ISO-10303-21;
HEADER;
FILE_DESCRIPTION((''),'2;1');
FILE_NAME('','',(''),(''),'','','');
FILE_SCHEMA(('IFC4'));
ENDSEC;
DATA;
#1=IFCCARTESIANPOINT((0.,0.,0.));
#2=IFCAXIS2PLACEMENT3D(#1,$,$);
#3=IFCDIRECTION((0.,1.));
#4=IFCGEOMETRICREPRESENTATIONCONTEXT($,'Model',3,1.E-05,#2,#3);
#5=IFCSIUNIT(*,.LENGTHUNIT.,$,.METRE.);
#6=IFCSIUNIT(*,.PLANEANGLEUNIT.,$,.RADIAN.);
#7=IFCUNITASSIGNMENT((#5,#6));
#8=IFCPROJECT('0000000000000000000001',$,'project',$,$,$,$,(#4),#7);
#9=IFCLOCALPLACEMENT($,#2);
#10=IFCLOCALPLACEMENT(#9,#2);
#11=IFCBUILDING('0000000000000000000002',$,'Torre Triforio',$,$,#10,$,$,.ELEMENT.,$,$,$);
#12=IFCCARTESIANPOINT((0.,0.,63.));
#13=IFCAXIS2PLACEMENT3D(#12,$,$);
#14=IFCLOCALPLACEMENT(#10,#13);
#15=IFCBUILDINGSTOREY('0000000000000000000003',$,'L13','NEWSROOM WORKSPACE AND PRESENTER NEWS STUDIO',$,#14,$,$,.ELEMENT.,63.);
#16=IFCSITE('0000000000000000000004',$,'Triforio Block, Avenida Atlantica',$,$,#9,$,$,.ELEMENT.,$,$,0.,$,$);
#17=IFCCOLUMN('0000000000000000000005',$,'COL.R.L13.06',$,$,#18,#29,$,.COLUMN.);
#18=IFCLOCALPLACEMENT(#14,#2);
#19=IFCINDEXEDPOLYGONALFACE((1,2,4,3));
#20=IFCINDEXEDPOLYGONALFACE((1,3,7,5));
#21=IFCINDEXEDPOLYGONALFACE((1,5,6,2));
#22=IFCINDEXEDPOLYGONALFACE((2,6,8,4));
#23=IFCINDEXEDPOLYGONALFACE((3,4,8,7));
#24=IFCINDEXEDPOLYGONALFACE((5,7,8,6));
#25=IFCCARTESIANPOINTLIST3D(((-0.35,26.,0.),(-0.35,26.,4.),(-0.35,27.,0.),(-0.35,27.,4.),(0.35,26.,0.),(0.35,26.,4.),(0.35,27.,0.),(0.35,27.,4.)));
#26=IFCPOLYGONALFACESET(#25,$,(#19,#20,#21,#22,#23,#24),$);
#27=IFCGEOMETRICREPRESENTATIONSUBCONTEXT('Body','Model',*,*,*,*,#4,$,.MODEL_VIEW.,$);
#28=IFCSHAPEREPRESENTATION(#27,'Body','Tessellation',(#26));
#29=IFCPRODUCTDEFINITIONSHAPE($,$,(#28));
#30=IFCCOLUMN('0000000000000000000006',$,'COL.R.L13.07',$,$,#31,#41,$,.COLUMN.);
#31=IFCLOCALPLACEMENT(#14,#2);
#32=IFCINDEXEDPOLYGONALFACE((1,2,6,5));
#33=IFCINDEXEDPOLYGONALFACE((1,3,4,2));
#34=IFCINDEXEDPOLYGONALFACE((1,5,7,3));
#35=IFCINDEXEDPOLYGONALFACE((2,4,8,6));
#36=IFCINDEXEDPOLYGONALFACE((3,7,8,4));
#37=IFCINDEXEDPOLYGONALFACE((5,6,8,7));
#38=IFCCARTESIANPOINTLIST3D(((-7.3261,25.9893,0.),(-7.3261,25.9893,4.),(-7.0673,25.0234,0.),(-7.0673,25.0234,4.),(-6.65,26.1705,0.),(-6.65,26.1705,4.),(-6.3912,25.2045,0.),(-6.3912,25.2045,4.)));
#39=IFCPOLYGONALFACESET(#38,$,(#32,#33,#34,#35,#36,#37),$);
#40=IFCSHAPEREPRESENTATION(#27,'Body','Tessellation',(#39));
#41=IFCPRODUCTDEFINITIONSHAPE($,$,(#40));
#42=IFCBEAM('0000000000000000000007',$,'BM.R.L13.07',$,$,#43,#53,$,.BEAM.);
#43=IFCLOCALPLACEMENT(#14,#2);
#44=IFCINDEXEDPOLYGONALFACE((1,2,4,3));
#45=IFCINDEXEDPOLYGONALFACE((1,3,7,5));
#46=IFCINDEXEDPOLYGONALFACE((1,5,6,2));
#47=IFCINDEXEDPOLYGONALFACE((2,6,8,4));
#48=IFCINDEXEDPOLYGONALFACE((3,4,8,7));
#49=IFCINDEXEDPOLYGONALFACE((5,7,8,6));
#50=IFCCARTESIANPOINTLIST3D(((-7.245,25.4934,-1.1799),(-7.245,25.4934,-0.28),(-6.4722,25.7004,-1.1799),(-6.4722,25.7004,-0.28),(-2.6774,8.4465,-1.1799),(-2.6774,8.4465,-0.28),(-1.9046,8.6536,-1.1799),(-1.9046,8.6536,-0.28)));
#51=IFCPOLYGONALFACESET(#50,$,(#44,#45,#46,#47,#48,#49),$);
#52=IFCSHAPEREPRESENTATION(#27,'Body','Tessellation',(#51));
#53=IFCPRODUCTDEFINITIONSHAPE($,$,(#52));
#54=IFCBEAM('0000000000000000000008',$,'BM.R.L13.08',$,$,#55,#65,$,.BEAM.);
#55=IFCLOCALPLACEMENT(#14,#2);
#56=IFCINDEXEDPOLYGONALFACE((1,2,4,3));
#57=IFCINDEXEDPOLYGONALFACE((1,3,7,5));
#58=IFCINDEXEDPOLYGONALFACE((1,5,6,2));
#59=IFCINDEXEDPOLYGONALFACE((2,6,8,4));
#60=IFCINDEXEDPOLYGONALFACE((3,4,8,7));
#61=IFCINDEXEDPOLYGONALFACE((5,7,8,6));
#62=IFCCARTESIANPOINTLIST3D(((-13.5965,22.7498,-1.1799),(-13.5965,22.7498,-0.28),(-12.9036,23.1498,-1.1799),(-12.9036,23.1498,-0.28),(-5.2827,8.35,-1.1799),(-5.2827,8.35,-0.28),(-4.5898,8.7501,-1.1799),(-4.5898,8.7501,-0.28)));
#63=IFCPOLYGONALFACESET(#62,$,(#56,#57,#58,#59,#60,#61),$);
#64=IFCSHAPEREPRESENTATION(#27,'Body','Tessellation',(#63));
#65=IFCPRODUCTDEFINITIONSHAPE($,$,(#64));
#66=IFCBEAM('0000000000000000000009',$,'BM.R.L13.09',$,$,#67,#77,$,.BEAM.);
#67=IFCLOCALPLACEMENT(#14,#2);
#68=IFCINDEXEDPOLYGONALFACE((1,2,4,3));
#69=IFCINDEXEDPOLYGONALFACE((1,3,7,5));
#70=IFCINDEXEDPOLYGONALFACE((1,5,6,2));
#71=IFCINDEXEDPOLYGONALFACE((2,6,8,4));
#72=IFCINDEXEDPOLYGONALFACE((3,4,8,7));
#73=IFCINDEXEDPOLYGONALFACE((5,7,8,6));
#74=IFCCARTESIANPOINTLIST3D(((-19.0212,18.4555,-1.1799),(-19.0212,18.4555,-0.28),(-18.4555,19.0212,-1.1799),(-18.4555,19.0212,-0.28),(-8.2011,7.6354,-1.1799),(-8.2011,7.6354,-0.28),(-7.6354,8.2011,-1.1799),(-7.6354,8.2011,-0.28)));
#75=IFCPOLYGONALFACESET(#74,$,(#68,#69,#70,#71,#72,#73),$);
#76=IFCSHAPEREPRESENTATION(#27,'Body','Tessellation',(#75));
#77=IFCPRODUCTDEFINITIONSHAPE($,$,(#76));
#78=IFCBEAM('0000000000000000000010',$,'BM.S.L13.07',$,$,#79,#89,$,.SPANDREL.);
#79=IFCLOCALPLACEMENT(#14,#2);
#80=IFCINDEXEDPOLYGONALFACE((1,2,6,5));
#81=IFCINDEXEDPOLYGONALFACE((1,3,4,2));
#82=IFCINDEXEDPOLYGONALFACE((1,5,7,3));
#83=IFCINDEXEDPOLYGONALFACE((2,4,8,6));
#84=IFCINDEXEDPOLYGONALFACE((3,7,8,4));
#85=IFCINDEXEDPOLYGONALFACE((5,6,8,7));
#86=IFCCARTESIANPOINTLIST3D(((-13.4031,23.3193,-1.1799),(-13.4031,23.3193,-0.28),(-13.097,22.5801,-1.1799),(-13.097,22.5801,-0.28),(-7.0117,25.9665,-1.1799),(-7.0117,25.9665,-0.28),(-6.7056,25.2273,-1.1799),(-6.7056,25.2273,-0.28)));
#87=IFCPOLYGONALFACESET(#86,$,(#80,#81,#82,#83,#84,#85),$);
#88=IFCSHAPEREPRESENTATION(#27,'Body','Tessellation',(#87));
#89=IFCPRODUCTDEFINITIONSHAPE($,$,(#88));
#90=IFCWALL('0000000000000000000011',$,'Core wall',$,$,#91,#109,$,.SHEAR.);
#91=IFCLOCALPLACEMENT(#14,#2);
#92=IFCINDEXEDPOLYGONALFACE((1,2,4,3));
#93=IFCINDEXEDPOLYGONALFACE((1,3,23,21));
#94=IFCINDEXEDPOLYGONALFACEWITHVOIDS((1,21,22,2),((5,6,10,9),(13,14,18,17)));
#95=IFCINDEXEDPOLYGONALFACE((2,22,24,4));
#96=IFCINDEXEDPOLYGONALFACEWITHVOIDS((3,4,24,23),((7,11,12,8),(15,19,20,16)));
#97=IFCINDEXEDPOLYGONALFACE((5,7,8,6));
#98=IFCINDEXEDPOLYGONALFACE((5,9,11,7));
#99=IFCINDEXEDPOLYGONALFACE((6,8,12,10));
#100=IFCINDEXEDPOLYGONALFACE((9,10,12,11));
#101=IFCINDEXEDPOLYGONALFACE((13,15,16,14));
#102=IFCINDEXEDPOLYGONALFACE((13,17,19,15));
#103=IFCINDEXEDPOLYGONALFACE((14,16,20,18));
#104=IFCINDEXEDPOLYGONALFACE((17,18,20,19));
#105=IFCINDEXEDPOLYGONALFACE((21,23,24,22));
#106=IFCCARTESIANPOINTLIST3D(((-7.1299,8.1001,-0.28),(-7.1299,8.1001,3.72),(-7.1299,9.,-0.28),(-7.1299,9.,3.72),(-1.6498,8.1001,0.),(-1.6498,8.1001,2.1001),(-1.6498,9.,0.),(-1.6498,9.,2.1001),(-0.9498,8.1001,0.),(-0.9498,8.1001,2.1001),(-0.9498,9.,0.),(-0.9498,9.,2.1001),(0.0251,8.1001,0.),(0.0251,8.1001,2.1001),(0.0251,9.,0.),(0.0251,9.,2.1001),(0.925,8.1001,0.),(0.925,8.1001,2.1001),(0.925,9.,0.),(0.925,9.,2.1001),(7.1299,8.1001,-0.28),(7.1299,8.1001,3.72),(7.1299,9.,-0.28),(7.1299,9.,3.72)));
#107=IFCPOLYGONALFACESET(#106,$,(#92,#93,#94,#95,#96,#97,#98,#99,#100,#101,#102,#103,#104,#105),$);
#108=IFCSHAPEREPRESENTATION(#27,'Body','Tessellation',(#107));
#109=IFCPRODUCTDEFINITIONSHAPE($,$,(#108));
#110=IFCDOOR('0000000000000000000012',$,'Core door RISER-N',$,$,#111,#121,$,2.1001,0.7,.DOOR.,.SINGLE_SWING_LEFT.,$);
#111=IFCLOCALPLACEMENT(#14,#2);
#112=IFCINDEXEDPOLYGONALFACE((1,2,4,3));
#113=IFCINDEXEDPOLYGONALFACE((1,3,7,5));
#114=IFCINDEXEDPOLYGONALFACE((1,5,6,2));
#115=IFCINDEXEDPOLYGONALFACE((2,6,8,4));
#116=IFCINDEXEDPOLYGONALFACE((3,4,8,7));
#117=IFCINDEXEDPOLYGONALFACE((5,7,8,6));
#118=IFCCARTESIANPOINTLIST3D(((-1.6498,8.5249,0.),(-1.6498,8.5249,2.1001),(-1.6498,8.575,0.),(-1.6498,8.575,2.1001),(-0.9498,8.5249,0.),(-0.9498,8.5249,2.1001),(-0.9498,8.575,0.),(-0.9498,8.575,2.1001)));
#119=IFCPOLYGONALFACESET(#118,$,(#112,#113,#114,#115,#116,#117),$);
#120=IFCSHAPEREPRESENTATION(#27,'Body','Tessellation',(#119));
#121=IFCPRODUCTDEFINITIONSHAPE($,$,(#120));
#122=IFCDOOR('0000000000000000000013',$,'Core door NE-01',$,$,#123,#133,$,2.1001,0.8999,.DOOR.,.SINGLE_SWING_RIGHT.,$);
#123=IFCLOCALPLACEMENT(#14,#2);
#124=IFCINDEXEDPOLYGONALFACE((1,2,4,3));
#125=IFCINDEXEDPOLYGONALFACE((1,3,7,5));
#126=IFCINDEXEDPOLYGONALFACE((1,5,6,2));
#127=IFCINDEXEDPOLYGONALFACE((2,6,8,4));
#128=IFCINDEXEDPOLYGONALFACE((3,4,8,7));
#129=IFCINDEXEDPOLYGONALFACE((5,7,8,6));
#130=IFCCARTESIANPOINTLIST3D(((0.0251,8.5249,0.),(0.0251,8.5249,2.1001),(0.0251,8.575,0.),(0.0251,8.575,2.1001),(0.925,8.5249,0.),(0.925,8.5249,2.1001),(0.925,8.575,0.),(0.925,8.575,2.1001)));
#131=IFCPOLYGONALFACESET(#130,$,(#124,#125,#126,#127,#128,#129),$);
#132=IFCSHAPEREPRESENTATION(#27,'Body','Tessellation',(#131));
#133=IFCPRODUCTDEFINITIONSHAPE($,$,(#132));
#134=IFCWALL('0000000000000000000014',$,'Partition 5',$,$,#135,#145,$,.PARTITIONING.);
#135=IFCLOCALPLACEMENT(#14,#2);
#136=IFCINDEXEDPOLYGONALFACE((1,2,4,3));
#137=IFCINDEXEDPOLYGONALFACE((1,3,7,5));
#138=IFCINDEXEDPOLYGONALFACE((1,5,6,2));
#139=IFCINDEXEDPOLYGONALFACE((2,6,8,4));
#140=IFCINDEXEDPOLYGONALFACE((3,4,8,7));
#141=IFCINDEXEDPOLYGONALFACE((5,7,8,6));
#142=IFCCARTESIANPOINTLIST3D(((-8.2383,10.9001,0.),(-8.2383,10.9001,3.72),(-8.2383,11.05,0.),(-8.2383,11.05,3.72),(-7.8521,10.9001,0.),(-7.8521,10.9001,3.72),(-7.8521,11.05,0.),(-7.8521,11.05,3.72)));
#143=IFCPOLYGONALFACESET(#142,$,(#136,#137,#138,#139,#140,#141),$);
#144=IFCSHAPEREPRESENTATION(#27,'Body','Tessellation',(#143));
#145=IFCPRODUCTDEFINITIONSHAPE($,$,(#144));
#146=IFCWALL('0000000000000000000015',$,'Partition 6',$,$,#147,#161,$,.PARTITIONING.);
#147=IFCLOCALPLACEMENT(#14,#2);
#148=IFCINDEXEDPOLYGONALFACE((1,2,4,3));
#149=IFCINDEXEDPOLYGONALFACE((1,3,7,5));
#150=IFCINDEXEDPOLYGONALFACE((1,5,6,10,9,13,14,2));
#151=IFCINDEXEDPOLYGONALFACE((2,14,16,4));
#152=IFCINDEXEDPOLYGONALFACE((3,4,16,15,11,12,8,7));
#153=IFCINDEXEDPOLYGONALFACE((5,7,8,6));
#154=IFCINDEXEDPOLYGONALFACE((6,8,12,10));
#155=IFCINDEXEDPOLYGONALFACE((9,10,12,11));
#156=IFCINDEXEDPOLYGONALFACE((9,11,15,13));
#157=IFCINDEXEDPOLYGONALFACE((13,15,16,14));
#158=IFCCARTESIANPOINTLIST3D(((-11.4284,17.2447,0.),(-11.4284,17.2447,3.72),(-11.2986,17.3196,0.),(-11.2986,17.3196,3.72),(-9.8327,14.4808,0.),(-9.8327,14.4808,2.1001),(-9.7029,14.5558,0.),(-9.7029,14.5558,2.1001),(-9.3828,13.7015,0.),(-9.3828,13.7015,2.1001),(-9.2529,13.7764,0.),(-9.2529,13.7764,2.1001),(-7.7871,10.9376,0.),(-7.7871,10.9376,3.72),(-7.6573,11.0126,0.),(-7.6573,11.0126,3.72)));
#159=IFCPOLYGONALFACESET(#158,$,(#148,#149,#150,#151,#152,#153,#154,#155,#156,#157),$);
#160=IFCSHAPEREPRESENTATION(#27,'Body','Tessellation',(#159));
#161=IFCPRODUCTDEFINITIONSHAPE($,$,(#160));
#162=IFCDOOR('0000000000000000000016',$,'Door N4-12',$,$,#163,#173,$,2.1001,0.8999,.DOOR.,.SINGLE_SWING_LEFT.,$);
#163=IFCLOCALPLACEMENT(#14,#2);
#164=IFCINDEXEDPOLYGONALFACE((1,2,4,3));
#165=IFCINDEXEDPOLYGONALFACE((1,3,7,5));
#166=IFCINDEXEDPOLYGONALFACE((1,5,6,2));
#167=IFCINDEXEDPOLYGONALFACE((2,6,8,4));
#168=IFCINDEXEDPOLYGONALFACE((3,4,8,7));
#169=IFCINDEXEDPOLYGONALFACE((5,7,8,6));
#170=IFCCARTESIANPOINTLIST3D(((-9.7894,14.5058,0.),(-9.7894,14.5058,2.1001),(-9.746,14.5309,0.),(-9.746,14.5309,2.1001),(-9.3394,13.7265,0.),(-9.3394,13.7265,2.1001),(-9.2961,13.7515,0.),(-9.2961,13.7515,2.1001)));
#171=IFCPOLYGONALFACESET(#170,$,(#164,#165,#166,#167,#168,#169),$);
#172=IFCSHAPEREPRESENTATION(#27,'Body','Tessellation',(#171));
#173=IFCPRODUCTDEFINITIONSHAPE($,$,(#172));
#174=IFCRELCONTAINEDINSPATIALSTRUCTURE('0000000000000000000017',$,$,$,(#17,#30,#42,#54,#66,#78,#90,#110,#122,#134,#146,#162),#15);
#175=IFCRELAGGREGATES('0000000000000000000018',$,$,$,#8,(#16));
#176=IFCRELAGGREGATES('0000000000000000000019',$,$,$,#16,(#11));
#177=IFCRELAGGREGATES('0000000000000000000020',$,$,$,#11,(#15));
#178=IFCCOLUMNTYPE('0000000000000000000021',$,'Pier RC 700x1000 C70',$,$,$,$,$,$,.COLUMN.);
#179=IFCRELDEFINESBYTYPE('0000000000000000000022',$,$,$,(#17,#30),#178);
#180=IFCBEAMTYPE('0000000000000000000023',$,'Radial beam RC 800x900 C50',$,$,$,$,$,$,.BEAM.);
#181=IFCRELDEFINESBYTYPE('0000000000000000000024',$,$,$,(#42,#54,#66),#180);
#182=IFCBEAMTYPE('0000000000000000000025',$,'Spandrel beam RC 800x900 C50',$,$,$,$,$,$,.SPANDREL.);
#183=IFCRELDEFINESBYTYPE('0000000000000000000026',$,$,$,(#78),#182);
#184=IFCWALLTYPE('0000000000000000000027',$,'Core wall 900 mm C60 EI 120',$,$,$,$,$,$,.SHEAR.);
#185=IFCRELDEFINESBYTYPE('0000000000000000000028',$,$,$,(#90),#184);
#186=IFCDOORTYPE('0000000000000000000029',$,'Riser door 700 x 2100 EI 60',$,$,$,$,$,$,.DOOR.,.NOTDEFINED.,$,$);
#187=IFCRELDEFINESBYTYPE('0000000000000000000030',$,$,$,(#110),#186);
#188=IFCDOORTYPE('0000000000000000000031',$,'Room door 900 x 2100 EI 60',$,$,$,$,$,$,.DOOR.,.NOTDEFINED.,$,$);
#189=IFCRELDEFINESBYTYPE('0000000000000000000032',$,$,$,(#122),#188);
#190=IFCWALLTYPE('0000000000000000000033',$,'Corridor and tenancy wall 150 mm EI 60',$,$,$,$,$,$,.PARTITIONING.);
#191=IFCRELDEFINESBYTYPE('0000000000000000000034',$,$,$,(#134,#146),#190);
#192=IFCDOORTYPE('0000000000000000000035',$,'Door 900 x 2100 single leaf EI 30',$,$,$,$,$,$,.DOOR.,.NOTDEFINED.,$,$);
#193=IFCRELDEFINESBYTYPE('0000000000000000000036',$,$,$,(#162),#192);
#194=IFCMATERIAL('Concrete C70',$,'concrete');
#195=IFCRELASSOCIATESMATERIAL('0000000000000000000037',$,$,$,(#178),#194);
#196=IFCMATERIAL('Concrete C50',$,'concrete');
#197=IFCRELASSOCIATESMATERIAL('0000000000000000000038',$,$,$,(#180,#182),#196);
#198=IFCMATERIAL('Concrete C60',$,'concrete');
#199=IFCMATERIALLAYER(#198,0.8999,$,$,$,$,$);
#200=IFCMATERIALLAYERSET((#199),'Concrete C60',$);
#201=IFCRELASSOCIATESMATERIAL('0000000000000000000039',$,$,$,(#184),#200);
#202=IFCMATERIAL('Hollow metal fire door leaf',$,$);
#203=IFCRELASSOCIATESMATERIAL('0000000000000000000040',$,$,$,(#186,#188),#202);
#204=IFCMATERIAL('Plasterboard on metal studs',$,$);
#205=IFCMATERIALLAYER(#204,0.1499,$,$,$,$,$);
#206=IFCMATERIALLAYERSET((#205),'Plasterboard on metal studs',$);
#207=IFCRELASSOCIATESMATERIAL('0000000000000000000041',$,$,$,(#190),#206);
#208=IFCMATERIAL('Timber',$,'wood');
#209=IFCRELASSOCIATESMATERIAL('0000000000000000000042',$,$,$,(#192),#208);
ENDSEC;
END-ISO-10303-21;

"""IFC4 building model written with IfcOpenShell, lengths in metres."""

from ifc_helpers import new_model, si_unit, direction, frame, frame_2d, origin, origin_2d, place, context, subcontext, project, spatial, rectangle, extrude, material, layer, layer_set, material_profile, profile_set, type_object, element, fill, save


model = new_model("IFC4")

# Units and contexts
model_context = context("Model", 3, precision=1e-05, world=origin(), true_north=direction((0.0, 1.0)))
body_context = subcontext(model_context, "Body", "Model", "MODEL_VIEW")
ifc_project = project(units=[si_unit("LENGTHUNIT", "METRE"), si_unit("PLANEANGLEUNIT", "RADIAN")], contexts=[model_context])

# Site, building, storey
site_placement = place(None, origin())
site = spatial("IfcSite", under=ifc_project, at=site_placement, Name="Triforio Block, Avenida Atlantica", CompositionType="ELEMENT", RefElevation=0.0)
building_placement = place(site_placement, origin())
building = spatial("IfcBuilding", under=site, at=building_placement, Name="Torre Triforio", CompositionType="ELEMENT")
storey_placement = place(building_placement, frame((0.0, 0.0, 63.0)))
storey = spatial("IfcBuildingStorey", under=building, at=storey_placement, Name="L13", Description="NEWSROOM WORKSPACE AND PRESENTER NEWS STUDIO", CompositionType="ELEMENT", Elevation=63.0)

# Columns
ifc_material_1 = material(Name="Concrete C70", Category="concrete")
ifc_material_profile_1 = material_profile(ifc_material_1, rectangle(XDim=0.7, YDim=1.0, at=origin_2d()), Name="RC 700x1000")
ifc_profile_set_1 = profile_set([ifc_material_profile_1], Name="Concrete C70")
column_type = type_object("IfcColumnType", Name="Pier RC 700x1000 C70", PredefinedType="COLUMN", material=ifc_profile_set_1)
for number, where, z_axis, x_axis, name in (
    (1, (0.0, 26.5, 0.0), (0.0, 0.0, 1.0), (-1.0, 0.0, 0.0), "COL.R.L13.06"),
    (2, (-6.8586, 25.5969, 0.0), (0.0, 0.0, 1.0), (-0.965926, -0.258819, 0.0), "COL.R.L13.07"),
):
    element("IfcColumn", number, at=place(storey_placement, frame(where, z_axis=z_axis, x_axis=x_axis)), inside=storey, type_object=column_type, Name=name, PredefinedType="COLUMN", context=body_context, shape_type="SweptSolid", body=[
        extrude(rectangle(XDim=0.7, YDim=1.0, at=origin_2d()), origin(), (0.0, 0.0, 1.0), 4.0),
    ])

# Beams
ifc_material_2 = material(Name="Concrete C50", Category="concrete")
ifc_material_profile_2 = material_profile(ifc_material_2, rectangle(XDim=0.8, YDim=0.8999, at=origin_2d()), Name="RC 800x900")
ifc_profile_set_2 = profile_set([ifc_material_profile_2], Name="Concrete C50")
beam_type_1 = type_object("IfcBeamType", Name="Radial beam RC 800x900 C50", PredefinedType="BEAM", material=ifc_profile_set_2)
beam_1_placement = place(storey_placement, frame((-2.291, 8.55, -0.73), z_axis=(-0.258815, 0.965927, 0.0), x_axis=(-0.965927, -0.258815, 0.0)))
element("IfcBeam", 3, at=beam_1_placement, inside=storey, type_object=beam_type_1, Name="BM.R.L13.07", PredefinedType="BEAM", context=body_context, shape_type="SweptSolid", body=[
    extrude(rectangle(XDim=0.8, YDim=0.8999, at=origin_2d()), origin(), (0.0, 0.0, 1.0), 17.6482),
])
beam_2_placement = place(storey_placement, frame((-4.9363, 8.55, -0.73), z_axis=(-0.500003, 0.866023, 0.0), x_axis=(-0.866023, -0.500003, 0.0)))
element("IfcBeam", 4, at=beam_2_placement, inside=storey, type_object=beam_type_1, Name="BM.R.L13.08", PredefinedType="BEAM", context=body_context, shape_type="SweptSolid", body=[
    extrude(rectangle(XDim=0.8, YDim=0.8999, at=origin_2d()), origin(), (0.0, 0.0, 1.0), 16.6274),
])
beam_3_placement = place(storey_placement, frame((-7.9182, 7.9182, -0.73), z_axis=(-0.707107, 0.707107, 0.0), x_axis=(-0.707107, -0.707107, 0.0)))
element("IfcBeam", 5, at=beam_3_placement, inside=storey, type_object=beam_type_1, Name="BM.R.L13.09", PredefinedType="BEAM", context=body_context, shape_type="SweptSolid", body=[
    extrude(rectangle(XDim=0.8, YDim=0.8999, at=origin_2d()), origin(), (0.0, 0.0, 1.0), 15.302),
])
ifc_material_profile_3 = material_profile(ifc_material_2, rectangle(XDim=0.8, YDim=0.8999, at=origin_2d()), Name="RC 800x900")
ifc_profile_set_3 = profile_set([ifc_material_profile_3], Name="Concrete C50")
beam_type_2 = type_object("IfcBeamType", Name="Spandrel beam RC 800x900 C50", PredefinedType="SPANDREL", material=ifc_profile_set_3)
beam_4_placement = place(storey_placement, frame((-6.8586, 25.5969, -0.73), z_axis=(-0.923888, -0.382662, 0.0), x_axis=(0.382662, -0.923888, 0.0)))
element("IfcBeam", 6, at=beam_4_placement, inside=storey, type_object=beam_type_2, Name="BM.S.L13.07", PredefinedType="SPANDREL", context=body_context, shape_type="SweptSolid", body=[
    extrude(rectangle(XDim=0.8, YDim=0.8999, at=origin_2d()), origin(), (0.0, 0.0, 1.0), 6.918),
])

# Wall, openings, doors
ifc_material_3 = material(Name="Concrete C60", Category="concrete")
ifc_layer_1 = layer(ifc_material_3, 0.8999)
ifc_layer_set_1 = layer_set([ifc_layer_1], Name="Concrete C60")
wall_type_1 = type_object("IfcWallType", Name="Core wall 900 mm C60 EI 120", PredefinedType="SHEAR", material=ifc_layer_set_1)
wall_1_placement = place(storey_placement, frame((-7.1299, 8.55, -0.28), z_axis=(0.0, 0.0, 1.0), x_axis=(1.0, 0.0, 0.0)))
wall_1 = element("IfcWall", 7, at=wall_1_placement, inside=storey, type_object=wall_type_1, Name="Core wall", PredefinedType="SHEAR", context=body_context, shape_type="SweptSolid", body=[
    extrude(rectangle(XDim=14.2598, YDim=0.8999, at=frame_2d((7.1299, 0.0))), origin(), (0.0, 0.0, 1.0), 4.0),
])
opening_1_placement = place(wall_1_placement, frame((5.48, 0.0, 0.28)))
opening_1 = element("IfcOpeningElement", 8, at=opening_1_placement, cuts=wall_1, PredefinedType="OPENING", context=body_context, shape_type="SweptSolid", body=[
    extrude(rectangle(XDim=0.7, YDim=2.1001, at=frame_2d((0.3501, 1.05))), frame((0.0, 0.46, 0.0), z_axis=(0.0, -1.0, 0.0), x_axis=(1.0, 0.0, 0.0)), (0.0, 0.0, 1.0), 0.9199),
])
opening_2_placement = place(wall_1_placement, frame((7.155, 0.0, 0.28)))
opening_2 = element("IfcOpeningElement", 9, at=opening_2_placement, cuts=wall_1, PredefinedType="OPENING", context=body_context, shape_type="SweptSolid", body=[
    extrude(rectangle(XDim=0.8999, YDim=2.1001, at=frame_2d((0.45, 1.05))), frame((0.0, 0.46, 0.0), z_axis=(0.0, -1.0, 0.0), x_axis=(1.0, 0.0, 0.0)), (0.0, 0.0, 1.0), 0.9199),
])
ifc_material_4 = material(Name="Hollow metal fire door leaf")
door_type_1 = type_object("IfcDoorType", Name="Riser door 700 x 2100 EI 60", OperationType="NOTDEFINED", PredefinedType="DOOR", material=ifc_material_4)
door_1_placement = place(opening_1_placement, origin())
door_1 = element("IfcDoor", 10, at=door_1_placement, inside=storey, type_object=door_type_1, Name="Core door RISER-N", OperationType="SINGLE_SWING_LEFT", OverallHeight=2.1001, OverallWidth=0.7, PredefinedType="DOOR", context=body_context, shape_type="SweptSolid", body=[
    extrude(rectangle(XDim=0.7, YDim=2.1001, at=frame_2d((0.3501, 1.05))), frame((0.0, 0.0249, 0.0), z_axis=(0.0, -1.0, 0.0), x_axis=(1.0, 0.0, 0.0)), (0.0, 0.0, 1.0), 0.05),
])
fill(opening_1, door_1)
door_type_2 = type_object("IfcDoorType", Name="Room door 900 x 2100 EI 60", OperationType="NOTDEFINED", PredefinedType="DOOR", material=ifc_material_4)
door_2_placement = place(opening_2_placement, origin())
door_2 = element("IfcDoor", 11, at=door_2_placement, inside=storey, type_object=door_type_2, Name="Core door NE-01", OperationType="SINGLE_SWING_RIGHT", OverallHeight=2.1001, OverallWidth=0.8999, PredefinedType="DOOR", context=body_context, shape_type="SweptSolid", body=[
    extrude(rectangle(XDim=0.8999, YDim=2.1001, at=frame_2d((0.45, 1.05))), frame((0.0, 0.0249, 0.0), z_axis=(0.0, -1.0, 0.0), x_axis=(1.0, 0.0, 0.0)), (0.0, 0.0, 1.0), 0.05),
])
fill(opening_2, door_2)

# Wall
ifc_material_5 = material(Name="Plasterboard on metal studs")
ifc_layer_2 = layer(ifc_material_5, 0.1499)
ifc_layer_set_2 = layer_set([ifc_layer_2], Name="Plasterboard on metal studs")
wall_type_2 = type_object("IfcWallType", Name="Corridor and tenancy wall 150 mm EI 60", PredefinedType="PARTITIONING", material=ifc_layer_set_2)
wall_2_placement = place(storey_placement, frame((-8.2383, 10.9751, 0.0), z_axis=(0.0, 0.0, 1.0), x_axis=(1.0, 0.0, 0.0)))
element("IfcWall", 12, at=wall_2_placement, inside=storey, type_object=wall_type_2, Name="Partition 5", PredefinedType="PARTITIONING", context=body_context, shape_type="SweptSolid", body=[
    extrude(rectangle(XDim=0.3862, YDim=0.1499, at=frame_2d((0.1931, 0.0))), origin(), (0.0, 0.0, 1.0), 3.72),
])

# Wall, opening, door
wall_3_placement = place(storey_placement, frame((-7.7222, 10.9751, 0.0), z_axis=(0.0, 0.0, 1.0), x_axis=(-0.499993, 0.866029, 0.0)))
wall_3 = element("IfcWall", 13, at=wall_3_placement, inside=storey, type_object=wall_type_2, Name="Partition 6", PredefinedType="PARTITIONING", context=body_context, shape_type="SweptSolid", body=[
    extrude(rectangle(XDim=7.2827, YDim=0.1499, at=frame_2d((3.6414, 0.0))), origin(), (0.0, 0.0, 1.0), 3.72),
])
opening_3_placement = place(wall_3_placement, frame((3.1914, 0.0, 0.0)))
opening_3 = element("IfcOpeningElement", 14, at=opening_3_placement, cuts=wall_3, PredefinedType="OPENING", context=body_context, shape_type="SweptSolid", body=[
    extrude(rectangle(XDim=0.8999, YDim=2.1001, at=frame_2d((0.45, 1.05))), frame((0.0, 0.085, 0.0), z_axis=(0.0, -1.0, 0.0), x_axis=(1.0, 0.0, 0.0)), (0.0, 0.0, 1.0), 0.1699),
])
ifc_material_6 = material(Name="Timber", Category="wood")
door_type_3 = type_object("IfcDoorType", Name="Door 900 x 2100 single leaf EI 30", OperationType="NOTDEFINED", PredefinedType="DOOR", material=ifc_material_6)
door_3_placement = place(opening_3_placement, origin())
door_3 = element("IfcDoor", 15, at=door_3_placement, inside=storey, type_object=door_type_3, Name="Door N4-12", OperationType="SINGLE_SWING_LEFT", OverallHeight=2.1001, OverallWidth=0.8999, PredefinedType="DOOR", context=body_context, shape_type="SweptSolid", body=[
    extrude(rectangle(XDim=0.8999, YDim=2.1001, at=frame_2d((0.45, 1.05))), frame((0.0, 0.0249, 0.0), z_axis=(0.0, -1.0, 0.0), x_axis=(1.0, 0.0, 0.0)), (0.0, 0.0, 1.0), 0.05),
])
fill(opening_3, door_3)

save(model, "model.ifc")
